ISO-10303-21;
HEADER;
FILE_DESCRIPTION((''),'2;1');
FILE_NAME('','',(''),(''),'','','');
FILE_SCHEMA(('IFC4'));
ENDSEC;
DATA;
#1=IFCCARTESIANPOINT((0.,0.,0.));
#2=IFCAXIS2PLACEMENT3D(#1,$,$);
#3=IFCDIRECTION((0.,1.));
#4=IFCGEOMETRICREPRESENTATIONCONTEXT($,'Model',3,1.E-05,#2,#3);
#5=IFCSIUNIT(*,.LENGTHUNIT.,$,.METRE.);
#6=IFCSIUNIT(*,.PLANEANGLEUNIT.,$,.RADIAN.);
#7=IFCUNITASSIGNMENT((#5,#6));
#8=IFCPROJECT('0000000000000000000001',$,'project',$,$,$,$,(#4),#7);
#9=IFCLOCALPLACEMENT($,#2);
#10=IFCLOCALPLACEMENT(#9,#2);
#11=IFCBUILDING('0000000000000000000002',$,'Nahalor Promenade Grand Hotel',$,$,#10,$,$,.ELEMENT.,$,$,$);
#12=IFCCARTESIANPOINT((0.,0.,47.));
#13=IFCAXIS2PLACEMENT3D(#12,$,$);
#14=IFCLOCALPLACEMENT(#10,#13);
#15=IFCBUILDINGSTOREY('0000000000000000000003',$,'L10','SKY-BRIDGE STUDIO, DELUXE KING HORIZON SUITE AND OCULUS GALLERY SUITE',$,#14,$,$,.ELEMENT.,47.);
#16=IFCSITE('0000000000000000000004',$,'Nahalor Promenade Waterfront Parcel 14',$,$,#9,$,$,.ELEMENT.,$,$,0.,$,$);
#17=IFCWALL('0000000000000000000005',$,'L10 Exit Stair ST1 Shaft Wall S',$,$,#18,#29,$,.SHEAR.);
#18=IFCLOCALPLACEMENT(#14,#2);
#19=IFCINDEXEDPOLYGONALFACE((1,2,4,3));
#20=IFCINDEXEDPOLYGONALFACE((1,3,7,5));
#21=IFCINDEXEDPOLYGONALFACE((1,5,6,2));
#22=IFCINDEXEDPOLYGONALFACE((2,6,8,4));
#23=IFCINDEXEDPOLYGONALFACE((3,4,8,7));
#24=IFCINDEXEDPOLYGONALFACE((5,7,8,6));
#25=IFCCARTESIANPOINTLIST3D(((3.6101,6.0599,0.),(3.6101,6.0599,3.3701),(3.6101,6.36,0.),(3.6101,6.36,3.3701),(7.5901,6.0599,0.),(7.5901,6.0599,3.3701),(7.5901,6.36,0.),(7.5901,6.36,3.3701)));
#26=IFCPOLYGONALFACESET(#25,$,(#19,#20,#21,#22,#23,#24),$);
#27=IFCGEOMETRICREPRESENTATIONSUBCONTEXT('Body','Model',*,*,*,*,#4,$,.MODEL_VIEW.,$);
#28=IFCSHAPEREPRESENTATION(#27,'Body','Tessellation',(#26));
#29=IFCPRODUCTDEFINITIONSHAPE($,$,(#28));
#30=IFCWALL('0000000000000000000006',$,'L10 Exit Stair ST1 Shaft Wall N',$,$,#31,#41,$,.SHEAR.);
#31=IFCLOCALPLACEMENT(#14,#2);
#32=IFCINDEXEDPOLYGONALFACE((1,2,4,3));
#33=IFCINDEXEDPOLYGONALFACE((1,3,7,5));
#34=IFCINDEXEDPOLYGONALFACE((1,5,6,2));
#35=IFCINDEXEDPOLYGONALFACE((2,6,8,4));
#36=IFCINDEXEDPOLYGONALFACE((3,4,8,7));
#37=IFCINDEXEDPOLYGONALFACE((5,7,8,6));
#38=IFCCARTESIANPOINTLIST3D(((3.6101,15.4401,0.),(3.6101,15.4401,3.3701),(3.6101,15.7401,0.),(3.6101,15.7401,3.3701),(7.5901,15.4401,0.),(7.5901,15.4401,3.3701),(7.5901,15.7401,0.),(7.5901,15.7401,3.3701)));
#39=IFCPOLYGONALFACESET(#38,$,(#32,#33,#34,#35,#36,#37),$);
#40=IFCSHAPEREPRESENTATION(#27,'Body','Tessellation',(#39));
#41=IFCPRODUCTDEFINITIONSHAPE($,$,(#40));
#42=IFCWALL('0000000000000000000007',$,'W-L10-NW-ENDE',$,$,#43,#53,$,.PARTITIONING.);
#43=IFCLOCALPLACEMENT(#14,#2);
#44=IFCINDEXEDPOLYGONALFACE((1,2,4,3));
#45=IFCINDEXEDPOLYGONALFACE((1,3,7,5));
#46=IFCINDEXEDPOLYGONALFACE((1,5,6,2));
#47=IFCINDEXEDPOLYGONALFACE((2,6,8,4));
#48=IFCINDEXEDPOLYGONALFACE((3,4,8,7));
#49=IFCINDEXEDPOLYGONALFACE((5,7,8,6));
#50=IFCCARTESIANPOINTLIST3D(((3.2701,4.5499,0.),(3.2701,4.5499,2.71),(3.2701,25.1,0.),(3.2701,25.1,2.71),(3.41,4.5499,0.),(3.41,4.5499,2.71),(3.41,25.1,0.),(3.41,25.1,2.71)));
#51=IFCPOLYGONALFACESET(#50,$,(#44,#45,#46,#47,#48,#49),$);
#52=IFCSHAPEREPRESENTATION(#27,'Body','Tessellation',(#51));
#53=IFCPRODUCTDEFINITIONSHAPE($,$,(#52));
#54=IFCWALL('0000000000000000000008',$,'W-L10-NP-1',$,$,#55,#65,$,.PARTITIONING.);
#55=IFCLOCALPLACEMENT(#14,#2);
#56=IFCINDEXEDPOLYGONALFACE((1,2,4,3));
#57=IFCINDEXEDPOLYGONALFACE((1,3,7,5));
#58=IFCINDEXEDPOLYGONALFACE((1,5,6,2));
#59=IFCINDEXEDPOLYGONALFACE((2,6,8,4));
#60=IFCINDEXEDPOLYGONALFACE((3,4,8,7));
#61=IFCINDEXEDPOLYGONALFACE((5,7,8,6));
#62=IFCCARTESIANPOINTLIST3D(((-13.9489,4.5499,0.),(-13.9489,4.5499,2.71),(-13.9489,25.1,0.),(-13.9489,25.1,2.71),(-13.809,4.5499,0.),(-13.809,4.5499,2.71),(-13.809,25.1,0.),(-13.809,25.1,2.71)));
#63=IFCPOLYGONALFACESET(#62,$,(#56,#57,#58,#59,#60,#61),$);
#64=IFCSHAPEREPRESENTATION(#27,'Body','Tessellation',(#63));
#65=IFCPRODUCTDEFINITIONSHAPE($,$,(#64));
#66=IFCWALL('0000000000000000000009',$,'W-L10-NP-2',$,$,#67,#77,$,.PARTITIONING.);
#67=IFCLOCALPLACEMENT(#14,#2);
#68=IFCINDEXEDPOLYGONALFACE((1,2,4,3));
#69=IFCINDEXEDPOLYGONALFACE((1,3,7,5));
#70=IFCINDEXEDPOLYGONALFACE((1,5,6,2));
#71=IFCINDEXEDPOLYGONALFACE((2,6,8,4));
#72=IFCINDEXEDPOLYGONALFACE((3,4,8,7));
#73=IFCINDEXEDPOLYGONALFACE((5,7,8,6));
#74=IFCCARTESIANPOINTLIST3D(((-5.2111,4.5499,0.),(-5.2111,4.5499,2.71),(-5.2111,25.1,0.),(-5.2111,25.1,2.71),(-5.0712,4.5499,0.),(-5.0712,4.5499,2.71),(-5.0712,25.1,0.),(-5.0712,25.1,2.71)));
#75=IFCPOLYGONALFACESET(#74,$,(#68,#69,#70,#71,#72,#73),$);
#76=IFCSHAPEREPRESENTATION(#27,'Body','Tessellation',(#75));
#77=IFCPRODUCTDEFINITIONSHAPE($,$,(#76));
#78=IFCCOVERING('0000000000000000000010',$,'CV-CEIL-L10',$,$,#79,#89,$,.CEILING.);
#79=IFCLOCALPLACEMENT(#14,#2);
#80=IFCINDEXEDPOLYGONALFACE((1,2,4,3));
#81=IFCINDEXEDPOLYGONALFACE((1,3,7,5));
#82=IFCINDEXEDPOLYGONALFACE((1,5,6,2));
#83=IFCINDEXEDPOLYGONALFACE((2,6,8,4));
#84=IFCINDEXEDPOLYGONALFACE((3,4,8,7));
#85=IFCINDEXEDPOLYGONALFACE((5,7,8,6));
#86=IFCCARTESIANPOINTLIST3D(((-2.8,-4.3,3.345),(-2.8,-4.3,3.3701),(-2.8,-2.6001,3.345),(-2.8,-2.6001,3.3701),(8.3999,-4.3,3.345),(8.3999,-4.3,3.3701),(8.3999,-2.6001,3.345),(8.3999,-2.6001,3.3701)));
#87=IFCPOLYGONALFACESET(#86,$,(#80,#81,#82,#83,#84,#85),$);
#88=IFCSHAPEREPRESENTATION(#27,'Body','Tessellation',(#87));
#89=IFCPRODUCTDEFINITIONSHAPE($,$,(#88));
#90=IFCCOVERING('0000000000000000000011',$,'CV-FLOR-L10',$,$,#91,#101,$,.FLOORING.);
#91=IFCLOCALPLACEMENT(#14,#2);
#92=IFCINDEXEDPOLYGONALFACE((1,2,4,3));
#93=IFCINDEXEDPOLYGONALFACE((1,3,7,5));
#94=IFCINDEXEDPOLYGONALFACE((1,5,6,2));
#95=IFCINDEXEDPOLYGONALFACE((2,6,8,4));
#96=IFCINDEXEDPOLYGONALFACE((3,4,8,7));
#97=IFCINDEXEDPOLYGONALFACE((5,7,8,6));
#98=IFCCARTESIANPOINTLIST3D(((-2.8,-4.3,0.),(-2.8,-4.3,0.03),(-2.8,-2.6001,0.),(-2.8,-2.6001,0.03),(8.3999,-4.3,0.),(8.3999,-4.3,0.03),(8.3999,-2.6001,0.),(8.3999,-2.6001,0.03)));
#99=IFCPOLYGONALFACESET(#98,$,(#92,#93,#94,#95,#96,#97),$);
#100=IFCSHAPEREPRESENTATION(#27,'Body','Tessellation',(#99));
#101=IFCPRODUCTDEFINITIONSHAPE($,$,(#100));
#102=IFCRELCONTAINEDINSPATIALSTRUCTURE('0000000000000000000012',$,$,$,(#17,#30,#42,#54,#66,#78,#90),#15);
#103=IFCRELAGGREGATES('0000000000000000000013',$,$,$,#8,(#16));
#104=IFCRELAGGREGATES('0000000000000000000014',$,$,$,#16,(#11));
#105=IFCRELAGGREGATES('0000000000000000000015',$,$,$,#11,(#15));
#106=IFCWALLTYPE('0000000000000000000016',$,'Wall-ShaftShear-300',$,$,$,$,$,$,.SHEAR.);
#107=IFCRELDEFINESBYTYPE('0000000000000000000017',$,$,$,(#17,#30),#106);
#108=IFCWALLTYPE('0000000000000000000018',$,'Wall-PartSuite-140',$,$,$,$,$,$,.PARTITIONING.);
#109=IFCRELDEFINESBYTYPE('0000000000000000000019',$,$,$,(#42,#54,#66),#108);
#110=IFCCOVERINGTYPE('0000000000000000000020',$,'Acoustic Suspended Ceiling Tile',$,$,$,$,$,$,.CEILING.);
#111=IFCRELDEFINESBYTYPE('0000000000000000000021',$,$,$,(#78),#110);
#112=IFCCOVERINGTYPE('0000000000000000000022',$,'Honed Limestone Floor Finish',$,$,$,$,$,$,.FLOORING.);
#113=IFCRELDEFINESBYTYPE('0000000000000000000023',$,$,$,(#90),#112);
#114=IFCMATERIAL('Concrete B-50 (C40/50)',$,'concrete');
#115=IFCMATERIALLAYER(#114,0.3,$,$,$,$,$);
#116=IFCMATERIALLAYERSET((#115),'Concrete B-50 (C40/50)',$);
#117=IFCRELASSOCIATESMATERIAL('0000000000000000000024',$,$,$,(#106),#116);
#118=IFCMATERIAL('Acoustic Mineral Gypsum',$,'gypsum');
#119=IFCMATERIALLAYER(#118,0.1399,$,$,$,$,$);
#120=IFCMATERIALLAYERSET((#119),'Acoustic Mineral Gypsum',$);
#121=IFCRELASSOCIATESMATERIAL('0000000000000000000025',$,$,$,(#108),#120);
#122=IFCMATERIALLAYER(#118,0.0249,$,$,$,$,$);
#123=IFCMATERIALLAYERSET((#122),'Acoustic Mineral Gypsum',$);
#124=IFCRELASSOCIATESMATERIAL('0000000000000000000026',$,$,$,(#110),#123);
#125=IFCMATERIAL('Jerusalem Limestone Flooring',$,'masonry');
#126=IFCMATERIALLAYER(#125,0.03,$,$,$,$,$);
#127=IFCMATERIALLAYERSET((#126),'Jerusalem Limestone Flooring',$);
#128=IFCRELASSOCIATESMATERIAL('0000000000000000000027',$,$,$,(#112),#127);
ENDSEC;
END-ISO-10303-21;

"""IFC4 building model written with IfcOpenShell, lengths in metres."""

from ifc_helpers import new_model, si_unit, direction, frame, frame_2d, origin, place, context, subcontext, project, spatial, polyline, rectangle, outline, extrude, source, transform, mapped, material, layer, layer_set, type_object, element, save


model = new_model("IFC4")

# Units and contexts
model_context = context("Model", 3, precision=1e-05, world=origin(), true_north=direction((0.0, 1.0)))
body_context = subcontext(model_context, "Body", "Model", "MODEL_VIEW")
ifc_project = project(units=[si_unit("LENGTHUNIT", "METRE"), si_unit("PLANEANGLEUNIT", "RADIAN")], contexts=[model_context])

# Site, building, storey
site_placement = place(None, origin())
site = spatial("IfcSite", under=ifc_project, at=site_placement, Name="Nahalor Promenade Waterfront Parcel 14", CompositionType="ELEMENT", RefElevation=0.0)
building_placement = place(site_placement, origin())
building = spatial("IfcBuilding", under=site, at=building_placement, Name="Nahalor Promenade Grand Hotel", CompositionType="ELEMENT")
storey_placement = place(building_placement, frame((0.0, 0.0, 47.0)))
storey = spatial("IfcBuildingStorey", under=building, at=storey_placement, Name="L10", Description="SKY-BRIDGE STUDIO, DELUXE KING HORIZON SUITE AND OCULUS GALLERY SUITE", CompositionType="ELEMENT", Elevation=47.0)

# Shared definitions
ifc_material_1 = material(Name="Concrete B-50 (C40/50)", Category="concrete")

# Walls
ifc_layer_1 = layer(ifc_material_1, 0.3)
ifc_layer_set_1 = layer_set([ifc_layer_1], Name="Concrete B-50 (C40/50)")
wall_type_1 = type_object("IfcWallType", Name="Wall-ShaftShear-300", PredefinedType="SHEAR", material=ifc_layer_set_1)
shared_shape_1 = source(origin(), body_context, "Body", "SweptSolid", [
    extrude(rectangle(XDim=3.98, YDim=0.3, at=frame_2d((1.99, 0.0))), origin(), (0.0, 0.0, 1.0), 3.3701),
])
for number, where, z_axis, x_axis, name in (
    (1, (3.6101, 6.21, 0.0), (0.0, 0.0, 1.0), (1.0, 0.0, 0.0), "L10 Exit Stair ST1 Shaft Wall S"),
    (2, (3.6101, 15.5901, 0.0), (0.0, 0.0, 1.0), (1.0, 0.0, 0.0), "L10 Exit Stair ST1 Shaft Wall N"),
):
    element("IfcWall", number, at=place(storey_placement, frame(where, z_axis=z_axis, x_axis=x_axis)), inside=storey, type_object=wall_type_1, Name=name, PredefinedType="SHEAR", context=body_context, shape_type="MappedRepresentation", body=[
        mapped(shared_shape_1, transform((0.0, 0.0, 0.0), scale=1.0)),
    ])
ifc_material_2 = material(Name="Acoustic Mineral Gypsum", Category="gypsum")
ifc_layer_2 = layer(ifc_material_2, 0.1399)
ifc_layer_set_2 = layer_set([ifc_layer_2], Name="Acoustic Mineral Gypsum")
wall_type_2 = type_object("IfcWallType", Name="Wall-PartSuite-140", PredefinedType="PARTITIONING", material=ifc_layer_set_2)
shared_shape_2 = source(origin(), body_context, "Body", "SweptSolid", [
    extrude(rectangle(XDim=20.55, YDim=0.1399, at=frame_2d((10.2749, 0.0))), origin(), (0.0, 0.0, 1.0), 2.71),
])
for number, where, z_axis, x_axis, name in (
    (3, (3.3401, 4.55, 0.0), (0.0, 0.0, 1.0), (0.0, 1.0, 0.0), "W-L10-NW-ENDE"),
    (4, (-13.8789, 4.55, 0.0), (0.0, 0.0, 1.0), (0.0, 1.0, 0.0), "W-L10-NP-1"),
    (5, (-5.1411, 4.55, 0.0), (0.0, 0.0, 1.0), (0.0, 1.0, 0.0), "W-L10-NP-2"),
):
    element("IfcWall", number, at=place(storey_placement, frame(where, z_axis=z_axis, x_axis=x_axis)), inside=storey, type_object=wall_type_2, Name=name, PredefinedType="PARTITIONING", context=body_context, shape_type="MappedRepresentation", body=[
        mapped(shared_shape_2, transform((0.0, 0.0, 0.0), scale=1.0)),
    ])

# Coverings
ifc_layer_3 = layer(ifc_material_2, 0.0249)
ifc_layer_set_3 = layer_set([ifc_layer_3], Name="Acoustic Mineral Gypsum")
covering_type_1 = type_object("IfcCoveringType", Name="Acoustic Suspended Ceiling Tile", PredefinedType="CEILING", material=ifc_layer_set_3)
covering_1_placement = place(storey_placement, frame((0.0, 0.0, 3.345)))
element("IfcCovering", 6, at=covering_1_placement, inside=storey, type_object=covering_type_1, Name="CV-CEIL-L10", PredefinedType="CEILING", context=body_context, shape_type="SweptSolid", body=[
    extrude(outline(polyline([(-2.8, -4.3), (8.3999, -4.3), (8.3999, -2.6001), (-2.8, -2.6001), (-2.8, -4.3)])), origin(), (0.0, 0.0, 1.0), 0.0251),
])
ifc_material_3 = material(Name="Jerusalem Limestone Flooring", Category="masonry")
ifc_layer_4 = layer(ifc_material_3, 0.03)
ifc_layer_set_4 = layer_set([ifc_layer_4], Name="Jerusalem Limestone Flooring")
covering_type_2 = type_object("IfcCoveringType", Name="Honed Limestone Floor Finish", PredefinedType="FLOORING", material=ifc_layer_set_4)
covering_2_placement = place(storey_placement, origin())
element("IfcCovering", 7, at=covering_2_placement, inside=storey, type_object=covering_type_2, Name="CV-FLOR-L10", PredefinedType="FLOORING", context=body_context, shape_type="SweptSolid", body=[
    extrude(outline(polyline([(-2.8, -4.3), (8.3999, -4.3), (8.3999, -2.6001), (-2.8, -2.6001), (-2.8, -4.3)])), origin(), (0.0, 0.0, 1.0), 0.03),
])

save(model, "model.ifc")
